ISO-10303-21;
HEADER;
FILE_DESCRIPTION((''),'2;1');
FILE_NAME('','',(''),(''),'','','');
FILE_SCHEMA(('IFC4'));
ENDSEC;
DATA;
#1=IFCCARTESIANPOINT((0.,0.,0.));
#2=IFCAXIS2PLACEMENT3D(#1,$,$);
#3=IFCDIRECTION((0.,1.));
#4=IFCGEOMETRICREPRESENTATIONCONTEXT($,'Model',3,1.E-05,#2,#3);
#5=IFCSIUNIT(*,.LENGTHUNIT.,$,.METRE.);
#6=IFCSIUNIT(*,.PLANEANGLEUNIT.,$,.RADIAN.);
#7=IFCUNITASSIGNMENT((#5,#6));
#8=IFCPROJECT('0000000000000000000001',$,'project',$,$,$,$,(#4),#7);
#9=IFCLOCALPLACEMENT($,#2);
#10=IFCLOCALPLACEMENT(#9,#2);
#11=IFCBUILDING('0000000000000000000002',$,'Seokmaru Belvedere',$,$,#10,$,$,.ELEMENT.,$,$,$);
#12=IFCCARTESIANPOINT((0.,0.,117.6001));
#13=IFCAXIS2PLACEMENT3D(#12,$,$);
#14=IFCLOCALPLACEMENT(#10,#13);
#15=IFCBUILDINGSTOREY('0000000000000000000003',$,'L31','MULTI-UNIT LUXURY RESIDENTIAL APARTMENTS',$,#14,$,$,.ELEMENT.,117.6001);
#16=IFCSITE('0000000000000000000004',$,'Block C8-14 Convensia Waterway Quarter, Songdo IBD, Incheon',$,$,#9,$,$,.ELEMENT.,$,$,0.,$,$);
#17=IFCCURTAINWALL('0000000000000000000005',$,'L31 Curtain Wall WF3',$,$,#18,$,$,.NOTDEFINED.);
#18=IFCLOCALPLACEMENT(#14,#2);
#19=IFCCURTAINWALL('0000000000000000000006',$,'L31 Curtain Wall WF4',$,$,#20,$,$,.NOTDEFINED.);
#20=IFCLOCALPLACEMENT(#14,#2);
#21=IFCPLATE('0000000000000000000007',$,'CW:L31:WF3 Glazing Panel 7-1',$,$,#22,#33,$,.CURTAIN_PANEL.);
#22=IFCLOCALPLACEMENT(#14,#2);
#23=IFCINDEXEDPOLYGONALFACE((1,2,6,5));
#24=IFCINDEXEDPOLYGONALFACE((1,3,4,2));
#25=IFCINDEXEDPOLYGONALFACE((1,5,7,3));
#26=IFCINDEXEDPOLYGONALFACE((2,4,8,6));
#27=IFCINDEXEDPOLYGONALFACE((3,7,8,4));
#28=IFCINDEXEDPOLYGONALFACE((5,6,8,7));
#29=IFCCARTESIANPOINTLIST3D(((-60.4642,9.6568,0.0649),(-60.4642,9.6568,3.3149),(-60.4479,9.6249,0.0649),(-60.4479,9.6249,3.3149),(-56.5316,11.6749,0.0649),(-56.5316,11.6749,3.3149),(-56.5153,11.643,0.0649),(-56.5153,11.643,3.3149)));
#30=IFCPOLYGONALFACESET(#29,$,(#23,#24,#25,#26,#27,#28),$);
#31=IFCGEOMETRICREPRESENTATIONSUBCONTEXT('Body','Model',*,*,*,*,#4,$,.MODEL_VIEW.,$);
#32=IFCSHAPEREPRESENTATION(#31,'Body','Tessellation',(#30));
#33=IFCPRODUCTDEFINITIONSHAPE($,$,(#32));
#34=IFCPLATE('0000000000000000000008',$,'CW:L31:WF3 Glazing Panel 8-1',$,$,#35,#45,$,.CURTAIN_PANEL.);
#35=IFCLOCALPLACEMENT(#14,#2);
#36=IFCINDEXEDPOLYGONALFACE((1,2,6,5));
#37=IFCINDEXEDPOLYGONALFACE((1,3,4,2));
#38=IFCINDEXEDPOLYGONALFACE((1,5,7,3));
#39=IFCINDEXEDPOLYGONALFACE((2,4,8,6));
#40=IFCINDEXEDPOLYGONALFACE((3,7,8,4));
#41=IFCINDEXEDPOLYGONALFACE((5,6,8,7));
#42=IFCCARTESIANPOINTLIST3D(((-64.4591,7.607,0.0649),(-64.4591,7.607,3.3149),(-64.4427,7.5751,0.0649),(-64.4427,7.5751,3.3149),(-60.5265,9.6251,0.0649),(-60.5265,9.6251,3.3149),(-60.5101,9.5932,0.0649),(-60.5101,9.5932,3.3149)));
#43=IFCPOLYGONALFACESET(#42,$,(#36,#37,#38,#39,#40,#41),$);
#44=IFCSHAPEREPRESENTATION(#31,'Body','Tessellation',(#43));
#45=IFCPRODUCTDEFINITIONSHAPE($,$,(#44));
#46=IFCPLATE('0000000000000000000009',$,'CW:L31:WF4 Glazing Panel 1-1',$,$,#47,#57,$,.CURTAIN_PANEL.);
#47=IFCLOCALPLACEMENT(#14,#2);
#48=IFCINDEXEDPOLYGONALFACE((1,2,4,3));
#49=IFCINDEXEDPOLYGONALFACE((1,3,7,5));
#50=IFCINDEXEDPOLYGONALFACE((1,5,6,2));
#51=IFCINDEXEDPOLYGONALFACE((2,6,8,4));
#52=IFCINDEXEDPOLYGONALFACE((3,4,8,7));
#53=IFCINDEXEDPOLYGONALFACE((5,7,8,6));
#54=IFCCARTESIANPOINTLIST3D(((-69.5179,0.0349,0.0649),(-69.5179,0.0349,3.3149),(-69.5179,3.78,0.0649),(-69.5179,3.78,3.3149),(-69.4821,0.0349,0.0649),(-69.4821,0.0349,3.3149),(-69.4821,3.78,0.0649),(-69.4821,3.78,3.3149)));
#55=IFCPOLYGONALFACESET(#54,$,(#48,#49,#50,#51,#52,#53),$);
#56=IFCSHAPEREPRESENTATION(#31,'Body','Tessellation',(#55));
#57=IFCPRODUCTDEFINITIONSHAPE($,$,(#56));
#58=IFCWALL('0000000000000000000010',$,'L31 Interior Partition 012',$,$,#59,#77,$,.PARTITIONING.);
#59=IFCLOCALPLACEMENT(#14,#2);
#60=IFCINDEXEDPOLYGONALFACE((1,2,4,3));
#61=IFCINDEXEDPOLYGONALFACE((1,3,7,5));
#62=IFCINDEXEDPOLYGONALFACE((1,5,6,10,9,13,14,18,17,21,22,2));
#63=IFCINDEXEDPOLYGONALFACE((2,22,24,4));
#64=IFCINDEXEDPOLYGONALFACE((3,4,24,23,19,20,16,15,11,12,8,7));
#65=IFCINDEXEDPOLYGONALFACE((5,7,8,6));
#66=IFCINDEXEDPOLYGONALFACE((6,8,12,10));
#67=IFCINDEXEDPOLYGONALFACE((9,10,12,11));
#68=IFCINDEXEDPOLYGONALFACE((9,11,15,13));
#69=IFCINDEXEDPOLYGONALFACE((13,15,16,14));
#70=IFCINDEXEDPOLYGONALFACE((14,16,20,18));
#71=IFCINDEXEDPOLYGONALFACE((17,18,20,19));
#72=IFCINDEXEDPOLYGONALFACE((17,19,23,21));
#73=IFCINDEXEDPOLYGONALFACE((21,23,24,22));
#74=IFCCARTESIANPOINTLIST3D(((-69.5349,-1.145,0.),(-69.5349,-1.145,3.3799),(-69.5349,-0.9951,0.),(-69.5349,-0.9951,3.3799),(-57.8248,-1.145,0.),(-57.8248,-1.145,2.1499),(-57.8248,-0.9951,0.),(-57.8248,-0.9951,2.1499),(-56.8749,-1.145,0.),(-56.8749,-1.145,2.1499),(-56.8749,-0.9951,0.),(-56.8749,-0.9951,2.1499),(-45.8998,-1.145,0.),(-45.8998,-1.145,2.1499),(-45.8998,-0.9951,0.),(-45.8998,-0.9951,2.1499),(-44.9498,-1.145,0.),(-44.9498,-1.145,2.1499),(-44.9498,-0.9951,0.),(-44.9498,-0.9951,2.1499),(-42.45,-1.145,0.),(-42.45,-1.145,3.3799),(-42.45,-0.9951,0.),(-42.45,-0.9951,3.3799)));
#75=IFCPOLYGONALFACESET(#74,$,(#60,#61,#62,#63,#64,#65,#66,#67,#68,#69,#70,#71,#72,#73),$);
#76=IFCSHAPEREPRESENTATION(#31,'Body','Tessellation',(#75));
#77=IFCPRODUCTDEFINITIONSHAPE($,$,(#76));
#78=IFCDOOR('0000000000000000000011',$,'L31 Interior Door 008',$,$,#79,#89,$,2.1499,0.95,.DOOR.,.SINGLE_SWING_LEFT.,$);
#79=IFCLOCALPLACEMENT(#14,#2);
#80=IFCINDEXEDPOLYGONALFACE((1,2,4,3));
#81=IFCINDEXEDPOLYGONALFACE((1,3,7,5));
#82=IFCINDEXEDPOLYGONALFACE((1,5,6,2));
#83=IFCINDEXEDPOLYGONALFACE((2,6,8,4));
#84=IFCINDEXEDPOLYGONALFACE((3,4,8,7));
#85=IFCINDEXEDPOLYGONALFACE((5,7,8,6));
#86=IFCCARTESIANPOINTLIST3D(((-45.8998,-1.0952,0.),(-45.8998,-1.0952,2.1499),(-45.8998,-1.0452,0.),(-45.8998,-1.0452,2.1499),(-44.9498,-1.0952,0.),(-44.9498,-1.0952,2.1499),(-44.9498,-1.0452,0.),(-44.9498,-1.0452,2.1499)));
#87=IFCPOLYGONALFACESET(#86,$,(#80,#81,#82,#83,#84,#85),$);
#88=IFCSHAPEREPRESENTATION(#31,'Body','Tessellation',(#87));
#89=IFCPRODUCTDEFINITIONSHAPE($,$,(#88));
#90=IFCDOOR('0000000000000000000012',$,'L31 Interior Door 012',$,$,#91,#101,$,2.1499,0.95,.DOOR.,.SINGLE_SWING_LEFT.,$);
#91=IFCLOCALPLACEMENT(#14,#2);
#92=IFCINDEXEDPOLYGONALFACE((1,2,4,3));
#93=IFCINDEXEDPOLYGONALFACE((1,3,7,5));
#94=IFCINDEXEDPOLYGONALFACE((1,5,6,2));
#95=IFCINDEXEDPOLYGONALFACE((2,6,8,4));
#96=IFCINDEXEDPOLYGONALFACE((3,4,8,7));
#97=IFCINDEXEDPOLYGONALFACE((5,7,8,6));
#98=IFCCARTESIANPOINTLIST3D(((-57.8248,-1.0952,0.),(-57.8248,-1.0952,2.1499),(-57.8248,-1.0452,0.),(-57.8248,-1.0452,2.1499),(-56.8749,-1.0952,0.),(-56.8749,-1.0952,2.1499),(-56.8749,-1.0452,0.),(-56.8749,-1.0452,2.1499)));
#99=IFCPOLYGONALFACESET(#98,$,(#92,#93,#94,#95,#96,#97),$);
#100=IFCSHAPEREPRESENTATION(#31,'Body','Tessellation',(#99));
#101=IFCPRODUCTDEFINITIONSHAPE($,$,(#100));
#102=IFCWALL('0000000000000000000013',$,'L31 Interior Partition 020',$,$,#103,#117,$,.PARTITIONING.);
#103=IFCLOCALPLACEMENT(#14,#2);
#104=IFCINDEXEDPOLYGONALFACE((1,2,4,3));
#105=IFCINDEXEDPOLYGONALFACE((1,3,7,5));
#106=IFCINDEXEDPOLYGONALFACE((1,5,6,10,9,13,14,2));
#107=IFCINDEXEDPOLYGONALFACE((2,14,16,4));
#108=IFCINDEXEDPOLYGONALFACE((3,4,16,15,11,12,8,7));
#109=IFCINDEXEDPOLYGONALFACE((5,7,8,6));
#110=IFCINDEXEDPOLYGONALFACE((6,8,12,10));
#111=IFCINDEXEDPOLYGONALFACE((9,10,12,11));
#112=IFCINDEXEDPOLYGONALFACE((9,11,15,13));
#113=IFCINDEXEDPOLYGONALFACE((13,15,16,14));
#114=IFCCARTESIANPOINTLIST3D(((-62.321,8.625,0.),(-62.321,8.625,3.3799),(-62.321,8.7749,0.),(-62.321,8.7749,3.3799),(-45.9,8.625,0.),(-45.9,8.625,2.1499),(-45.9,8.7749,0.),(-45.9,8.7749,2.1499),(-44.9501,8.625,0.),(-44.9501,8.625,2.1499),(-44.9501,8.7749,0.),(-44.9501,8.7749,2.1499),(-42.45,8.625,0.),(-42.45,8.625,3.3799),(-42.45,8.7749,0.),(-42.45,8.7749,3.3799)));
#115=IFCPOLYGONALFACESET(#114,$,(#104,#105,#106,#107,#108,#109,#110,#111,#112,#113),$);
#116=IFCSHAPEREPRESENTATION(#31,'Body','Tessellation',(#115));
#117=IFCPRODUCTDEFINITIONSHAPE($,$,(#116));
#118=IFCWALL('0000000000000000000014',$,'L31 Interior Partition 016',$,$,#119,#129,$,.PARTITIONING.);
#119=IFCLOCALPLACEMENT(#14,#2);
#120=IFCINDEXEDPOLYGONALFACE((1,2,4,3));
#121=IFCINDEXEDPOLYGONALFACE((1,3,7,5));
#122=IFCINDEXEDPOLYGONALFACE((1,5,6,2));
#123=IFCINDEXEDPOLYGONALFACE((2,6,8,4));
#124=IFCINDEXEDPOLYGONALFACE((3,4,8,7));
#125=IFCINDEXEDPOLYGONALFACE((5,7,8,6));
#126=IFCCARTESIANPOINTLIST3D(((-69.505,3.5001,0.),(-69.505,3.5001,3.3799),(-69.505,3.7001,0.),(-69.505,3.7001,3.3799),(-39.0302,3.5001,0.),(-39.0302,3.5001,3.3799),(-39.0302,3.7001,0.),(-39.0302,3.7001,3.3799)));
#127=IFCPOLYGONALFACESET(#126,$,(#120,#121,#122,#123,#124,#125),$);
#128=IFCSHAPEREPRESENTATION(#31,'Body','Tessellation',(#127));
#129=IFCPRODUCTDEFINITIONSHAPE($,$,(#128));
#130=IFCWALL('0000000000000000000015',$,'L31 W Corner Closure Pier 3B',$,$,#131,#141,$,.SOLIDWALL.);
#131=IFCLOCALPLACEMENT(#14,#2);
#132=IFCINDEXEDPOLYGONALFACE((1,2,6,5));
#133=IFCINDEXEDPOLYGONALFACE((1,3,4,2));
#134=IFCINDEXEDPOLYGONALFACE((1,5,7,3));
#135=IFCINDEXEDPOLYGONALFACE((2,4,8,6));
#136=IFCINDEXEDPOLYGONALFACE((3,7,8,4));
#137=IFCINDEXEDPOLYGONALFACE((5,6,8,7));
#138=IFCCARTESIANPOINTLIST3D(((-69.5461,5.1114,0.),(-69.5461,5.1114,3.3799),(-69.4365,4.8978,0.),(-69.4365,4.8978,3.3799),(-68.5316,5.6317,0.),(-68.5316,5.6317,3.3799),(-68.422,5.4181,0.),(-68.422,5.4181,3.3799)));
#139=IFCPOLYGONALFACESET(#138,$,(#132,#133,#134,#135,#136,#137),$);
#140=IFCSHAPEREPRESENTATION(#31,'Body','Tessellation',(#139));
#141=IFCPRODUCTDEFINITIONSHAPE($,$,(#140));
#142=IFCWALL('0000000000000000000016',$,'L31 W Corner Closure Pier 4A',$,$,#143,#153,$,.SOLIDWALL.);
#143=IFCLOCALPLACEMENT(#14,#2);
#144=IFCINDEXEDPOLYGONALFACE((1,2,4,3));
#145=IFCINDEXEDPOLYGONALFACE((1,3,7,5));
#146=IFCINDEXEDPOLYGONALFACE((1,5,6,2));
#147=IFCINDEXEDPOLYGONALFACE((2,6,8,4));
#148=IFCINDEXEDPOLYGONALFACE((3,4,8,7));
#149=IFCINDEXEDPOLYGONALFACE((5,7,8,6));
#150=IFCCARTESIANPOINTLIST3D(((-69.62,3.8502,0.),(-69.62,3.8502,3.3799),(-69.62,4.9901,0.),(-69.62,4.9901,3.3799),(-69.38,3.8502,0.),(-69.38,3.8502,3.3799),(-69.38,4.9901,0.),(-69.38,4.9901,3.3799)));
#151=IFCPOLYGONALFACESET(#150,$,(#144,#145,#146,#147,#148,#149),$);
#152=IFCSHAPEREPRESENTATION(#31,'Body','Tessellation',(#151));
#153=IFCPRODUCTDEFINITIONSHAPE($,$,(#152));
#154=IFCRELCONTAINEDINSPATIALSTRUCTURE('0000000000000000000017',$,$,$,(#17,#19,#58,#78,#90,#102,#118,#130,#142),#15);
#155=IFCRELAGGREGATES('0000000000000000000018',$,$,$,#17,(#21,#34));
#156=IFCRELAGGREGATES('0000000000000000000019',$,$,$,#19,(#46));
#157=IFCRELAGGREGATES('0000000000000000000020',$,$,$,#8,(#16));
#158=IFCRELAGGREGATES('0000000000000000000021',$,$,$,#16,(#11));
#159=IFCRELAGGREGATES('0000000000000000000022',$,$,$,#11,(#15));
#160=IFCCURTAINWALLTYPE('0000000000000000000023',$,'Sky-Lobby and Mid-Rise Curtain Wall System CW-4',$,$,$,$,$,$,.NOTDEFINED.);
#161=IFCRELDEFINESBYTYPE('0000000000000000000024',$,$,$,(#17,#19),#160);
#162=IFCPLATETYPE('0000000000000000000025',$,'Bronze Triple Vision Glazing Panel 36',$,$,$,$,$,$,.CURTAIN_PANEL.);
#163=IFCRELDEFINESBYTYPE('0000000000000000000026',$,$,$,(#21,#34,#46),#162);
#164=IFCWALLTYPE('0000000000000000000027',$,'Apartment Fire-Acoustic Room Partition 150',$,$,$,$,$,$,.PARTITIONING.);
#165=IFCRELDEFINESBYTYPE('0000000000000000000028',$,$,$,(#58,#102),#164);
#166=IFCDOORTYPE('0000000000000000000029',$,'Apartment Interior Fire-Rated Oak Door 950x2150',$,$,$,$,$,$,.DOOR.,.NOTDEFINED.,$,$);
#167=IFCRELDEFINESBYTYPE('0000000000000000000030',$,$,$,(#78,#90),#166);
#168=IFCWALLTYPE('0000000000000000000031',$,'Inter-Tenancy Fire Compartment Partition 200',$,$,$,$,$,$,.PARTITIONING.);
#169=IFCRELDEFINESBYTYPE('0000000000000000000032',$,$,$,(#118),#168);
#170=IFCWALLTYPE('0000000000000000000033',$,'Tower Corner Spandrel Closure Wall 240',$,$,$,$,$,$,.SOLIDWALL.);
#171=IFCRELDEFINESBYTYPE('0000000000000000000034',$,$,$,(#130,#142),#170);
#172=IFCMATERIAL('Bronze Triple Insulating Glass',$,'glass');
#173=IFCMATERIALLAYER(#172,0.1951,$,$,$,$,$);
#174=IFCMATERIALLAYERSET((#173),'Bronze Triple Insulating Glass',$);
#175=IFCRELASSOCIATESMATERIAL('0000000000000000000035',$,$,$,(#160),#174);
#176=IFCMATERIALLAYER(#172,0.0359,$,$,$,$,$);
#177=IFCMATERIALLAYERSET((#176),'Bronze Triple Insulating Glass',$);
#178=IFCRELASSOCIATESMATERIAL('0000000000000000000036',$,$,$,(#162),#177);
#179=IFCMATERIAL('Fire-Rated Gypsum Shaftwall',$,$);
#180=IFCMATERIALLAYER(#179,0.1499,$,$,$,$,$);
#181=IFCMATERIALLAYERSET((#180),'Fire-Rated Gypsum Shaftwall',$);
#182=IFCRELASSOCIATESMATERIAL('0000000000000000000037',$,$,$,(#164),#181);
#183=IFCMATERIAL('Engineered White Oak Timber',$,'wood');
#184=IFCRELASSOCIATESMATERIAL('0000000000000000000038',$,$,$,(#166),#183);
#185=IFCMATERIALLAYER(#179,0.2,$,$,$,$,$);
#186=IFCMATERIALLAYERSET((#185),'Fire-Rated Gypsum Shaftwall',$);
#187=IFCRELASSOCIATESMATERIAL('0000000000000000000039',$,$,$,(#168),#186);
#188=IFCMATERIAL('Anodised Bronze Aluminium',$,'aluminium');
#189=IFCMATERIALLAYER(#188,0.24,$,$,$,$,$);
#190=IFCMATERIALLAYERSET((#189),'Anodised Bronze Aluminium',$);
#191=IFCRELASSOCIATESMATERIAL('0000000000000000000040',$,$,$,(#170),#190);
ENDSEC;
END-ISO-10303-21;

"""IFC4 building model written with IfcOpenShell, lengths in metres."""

from ifc_helpers import new_model, si_unit, direction, frame, frame_2d, origin, origin_2d, place, context, subcontext, project, spatial, rectangle, extrude, source, transform, mapped, material, layer, layer_set, type_object, type_shapes, element, fill, aggregate, save


model = new_model("IFC4")

# Units and contexts
model_context = context("Model", 3, precision=1e-05, world=origin(), true_north=direction((0.0, 1.0)))
body_context = subcontext(model_context, "Body", "Model", "MODEL_VIEW")
ifc_project = project(units=[si_unit("LENGTHUNIT", "METRE"), si_unit("PLANEANGLEUNIT", "RADIAN")], contexts=[model_context])

# Site, building, storey
site_placement = place(None, origin())
site = spatial("IfcSite", under=ifc_project, at=site_placement, Name="Block C8-14 Convensia Waterway Quarter, Songdo IBD, Incheon", CompositionType="ELEMENT", RefElevation=0.0)
building_placement = place(site_placement, origin())
building = spatial("IfcBuilding", under=site, at=building_placement, Name="Seokmaru Belvedere", CompositionType="ELEMENT")
storey_placement = place(building_placement, frame((0.0, 0.0, 117.6001)))
storey = spatial("IfcBuildingStorey", under=building, at=storey_placement, Name="L31", Description="MULTI-UNIT LUXURY RESIDENTIAL APARTMENTS", CompositionType="ELEMENT", Elevation=117.6001)

# Curtain walls
ifc_material_1 = material(Name="Bronze Triple Insulating Glass", Category="glass")
ifc_layer_1 = layer(ifc_material_1, 0.1951)
ifc_layer_set_1 = layer_set([ifc_layer_1], Name="Bronze Triple Insulating Glass")
curtain_wall_type = type_object("IfcCurtainWallType", Name="Sky-Lobby and Mid-Rise Curtain Wall System CW-4", PredefinedType="NOTDEFINED", material=ifc_layer_set_1)
curtain_wall_1_placement = place(storey_placement, origin())
curtain_wall_1 = element("IfcCurtainWall", 1, at=curtain_wall_1_placement, inside=storey, type_object=curtain_wall_type, Name="L31 Curtain Wall WF3", PredefinedType="NOTDEFINED")
ifc_material_2 = material(Name="Anodised Bronze Aluminium", Category="aluminium")
curtain_wall_2_placement = place(storey_placement, origin())
curtain_wall_2 = element("IfcCurtainWall", 2, at=curtain_wall_2_placement, inside=storey, type_object=curtain_wall_type, Name="L31 Curtain Wall WF4", PredefinedType="NOTDEFINED")

# Plates
ifc_layer_2 = layer(ifc_material_1, 0.0359)
ifc_layer_set_2 = layer_set([ifc_layer_2], Name="Bronze Triple Insulating Glass")
plate_type = type_object("IfcPlateType", Name="Bronze Triple Vision Glazing Panel 36", PredefinedType="CURTAIN_PANEL", material=ifc_layer_set_2)
shared_shape_1 = source(origin(), body_context, "Body", "SweptSolid", [
    extrude(rectangle(XDim=4.4202, YDim=0.0359, at=origin_2d()), origin(), (0.0, 0.0, 1.0), 3.25),
])
plate_1_placement = place(storey_placement, frame((-58.4897, 10.6499, 0.0649), z_axis=(0.0, 0.0, 1.0), x_axis=(-0.889695, -0.456555, 0.0)))
plate_1 = element("IfcPlate", 3, at=plate_1_placement, type_object=plate_type, Name="CW:L31:WF3 Glazing Panel 7-1", PredefinedType="CURTAIN_PANEL", context=body_context, shape_type="MappedRepresentation", body=[
    mapped(shared_shape_1, transform((0.0, 0.0, 0.0), scale=1.0)),
])
plate_2_placement = place(storey_placement, frame((-62.4846, 8.6001, 0.0649), z_axis=(0.0, 0.0, 1.0), x_axis=(-0.889695, -0.456555, 0.0)))
plate_2 = element("IfcPlate", 4, at=plate_2_placement, type_object=plate_type, Name="CW:L31:WF3 Glazing Panel 8-1", PredefinedType="CURTAIN_PANEL", context=body_context, shape_type="MappedRepresentation", body=[
    mapped(shared_shape_1, transform((0.0, 0.0, 0.0), scale=1.0)),
])
aggregate(curtain_wall_1, [plate_1, plate_2])
shared_shape_2 = source(origin(), body_context, "Body", "SweptSolid", [
    extrude(rectangle(XDim=3.7451, YDim=0.0359, at=origin_2d()), origin(), (0.0, 0.0, 1.0), 3.25),
])
plate_3_placement = place(storey_placement, frame((-69.5, 1.9075, 0.0649), z_axis=(0.0, 0.0, 1.0), x_axis=(0.0, -1.0, 0.0)))
plate_3 = element("IfcPlate", 5, at=plate_3_placement, type_object=plate_type, Name="CW:L31:WF4 Glazing Panel 1-1", PredefinedType="CURTAIN_PANEL", context=body_context, shape_type="MappedRepresentation", body=[
    mapped(shared_shape_2, transform((0.0, 0.0, 0.0), scale=1.0)),
])
aggregate(curtain_wall_2, [plate_3])

# Wall, openings, doors
ifc_material_3 = material(Name="Fire-Rated Gypsum Shaftwall")
ifc_layer_3 = layer(ifc_material_3, 0.1499)
ifc_layer_set_3 = layer_set([ifc_layer_3], Name="Fire-Rated Gypsum Shaftwall")
wall_type_1 = type_object("IfcWallType", Name="Apartment Fire-Acoustic Room Partition 150", PredefinedType="PARTITIONING", material=ifc_layer_set_3)
wall_1_placement = place(storey_placement, frame((-69.5349, -1.0701, 0.0), z_axis=(0.0, 0.0, 1.0), x_axis=(1.0, 0.0, 0.0)))
wall_1 = element("IfcWall", 6, at=wall_1_placement, inside=storey, type_object=wall_type_1, Name="L31 Interior Partition 012", PredefinedType="PARTITIONING", context=body_context, shape_type="SweptSolid", body=[
    extrude(rectangle(XDim=27.085, YDim=0.1499, at=frame_2d((13.5425, 0.0))), origin(), (0.0, 0.0, 1.0), 3.3799),
])
opening_1_placement = place(wall_1_placement, frame((23.635, 0.0, 0.0)))
opening_1 = element("IfcOpeningElement", 7, at=opening_1_placement, cuts=wall_1, PredefinedType="OPENING", context=body_context, shape_type="SweptSolid", body=[
    extrude(rectangle(XDim=0.95, YDim=2.1499, at=frame_2d((0.4751, 1.075))), frame((0.0, 0.085, 0.0), z_axis=(0.0, -1.0, 0.0), x_axis=(1.0, 0.0, 0.0)), (0.0, 0.0, 1.0), 0.1699),
])
opening_2_placement = place(wall_1_placement, frame((11.71, 0.0, 0.0)))
opening_2 = element("IfcOpeningElement", 8, at=opening_2_placement, cuts=wall_1, PredefinedType="OPENING", context=body_context, shape_type="SweptSolid", body=[
    extrude(rectangle(XDim=0.95, YDim=2.1499, at=frame_2d((0.4751, 1.075))), frame((0.0, 0.085, 0.0), z_axis=(0.0, -1.0, 0.0), x_axis=(1.0, 0.0, 0.0)), (0.0, 0.0, 1.0), 0.1699),
])
ifc_material_4 = material(Name="Engineered White Oak Timber", Category="wood")
door_type = type_object("IfcDoorType", Name="Apartment Interior Fire-Rated Oak Door 950x2150", OperationType="NOTDEFINED", PredefinedType="DOOR", material=ifc_material_4)
shared_shape_3 = source(origin(), body_context, "Body", "SweptSolid", [
    extrude(rectangle(XDim=0.95, YDim=2.1499, at=frame_2d((0.4751, 1.075))), frame((0.0, 0.0249, 0.0), z_axis=(0.0, -1.0, 0.0), x_axis=(1.0, 0.0, 0.0)), (0.0, 0.0, 1.0), 0.05),
])
type_shapes(door_type, [shared_shape_3])
door_1_placement = place(opening_1_placement, origin())
door_1 = element("IfcDoor", 9, at=door_1_placement, inside=storey, type_object=door_type, Name="L31 Interior Door 008", OperationType="SINGLE_SWING_LEFT", OverallHeight=2.1499, OverallWidth=0.95, PredefinedType="DOOR", context=body_context, shape_type="MappedRepresentation", body=[
    mapped(shared_shape_3, transform((0.0, 0.0, 0.0), scale=1.0)),
])
fill(opening_1, door_1)
door_2_placement = place(opening_2_placement, origin())
door_2 = element("IfcDoor", 10, at=door_2_placement, inside=storey, type_object=door_type, Name="L31 Interior Door 012", OperationType="SINGLE_SWING_LEFT", OverallHeight=2.1499, OverallWidth=0.95, PredefinedType="DOOR", context=body_context, shape_type="MappedRepresentation", body=[
    mapped(shared_shape_3, transform((0.0, 0.0, 0.0), scale=1.0)),
])
fill(opening_2, door_2)

# Wall, opening
wall_2_placement = place(storey_placement, frame((-62.321, 8.7, 0.0), z_axis=(0.0, 0.0, 1.0), x_axis=(1.0, 0.0, 0.0)))
wall_2 = element("IfcWall", 11, at=wall_2_placement, inside=storey, type_object=wall_type_1, Name="L31 Interior Partition 020", PredefinedType="PARTITIONING", context=body_context, shape_type="SweptSolid", body=[
    extrude(rectangle(XDim=19.8711, YDim=0.1499, at=frame_2d((9.9355, 0.0))), origin(), (0.0, 0.0, 1.0), 3.3799),
])
opening_3_placement = place(wall_2_placement, frame((16.4209, 0.0, 0.0)))
element("IfcOpeningElement", 12, at=opening_3_placement, cuts=wall_2, PredefinedType="OPENING", context=body_context, shape_type="SweptSolid", body=[
    extrude(rectangle(XDim=0.95, YDim=2.1499, at=frame_2d((0.4751, 1.075))), frame((0.0, 0.085, 0.0), z_axis=(0.0, -1.0, 0.0), x_axis=(1.0, 0.0, 0.0)), (0.0, 0.0, 1.0), 0.1699),
])

# Walls
ifc_layer_4 = layer(ifc_material_3, 0.2)
ifc_layer_set_4 = layer_set([ifc_layer_4], Name="Fire-Rated Gypsum Shaftwall")
wall_type_2 = type_object("IfcWallType", Name="Inter-Tenancy Fire Compartment Partition 200", PredefinedType="PARTITIONING", material=ifc_layer_set_4)
wall_3_placement = place(storey_placement, frame((-69.5049, 3.6001, 0.0), z_axis=(0.0, 0.0, 1.0), x_axis=(1.0, 0.0, 0.0)))
element("IfcWall", 13, at=wall_3_placement, inside=storey, type_object=wall_type_2, Name="L31 Interior Partition 016", PredefinedType="PARTITIONING", context=body_context, shape_type="SweptSolid", body=[
    extrude(rectangle(XDim=30.4749, YDim=0.2, at=frame_2d((15.2373, 0.0))), origin(), (0.0, 0.0, 1.0), 3.3799),
])
ifc_layer_5 = layer(ifc_material_2, 0.24)
ifc_layer_set_5 = layer_set([ifc_layer_5], Name="Anodised Bronze Aluminium")
wall_type_3 = type_object("IfcWallType", Name="Tower Corner Spandrel Closure Wall 240", PredefinedType="SOLIDWALL", material=ifc_layer_set_5)
wall_4_placement = place(storey_placement, frame((-68.4768, 5.5249, 0.0), z_axis=(0.0, 0.0, 1.0), x_axis=(-0.889797, -0.456356, 0.0)))
element("IfcWall", 14, at=wall_4_placement, inside=storey, type_object=wall_type_3, Name="L31 W Corner Closure Pier 3B", PredefinedType="SOLIDWALL", context=body_context, shape_type="SweptSolid", body=[
    extrude(rectangle(XDim=1.1401, YDim=0.24, at=frame_2d((0.5701, 0.0))), origin(), (0.0, 0.0, 1.0), 3.3799),
])
wall_5_placement = place(storey_placement, frame((-69.5, 4.99, 0.0), z_axis=(0.0, 0.0, 1.0), x_axis=(0.0, -1.0, 0.0)))
element("IfcWall", 15, at=wall_5_placement, inside=storey, type_object=wall_type_3, Name="L31 W Corner Closure Pier 4A", PredefinedType="SOLIDWALL", context=body_context, shape_type="SweptSolid", body=[
    extrude(rectangle(XDim=1.1399, YDim=0.24, at=frame_2d((0.5698, 0.0))), origin(), (0.0, 0.0, 1.0), 3.3799),
])

save(model, "model.ifc")
